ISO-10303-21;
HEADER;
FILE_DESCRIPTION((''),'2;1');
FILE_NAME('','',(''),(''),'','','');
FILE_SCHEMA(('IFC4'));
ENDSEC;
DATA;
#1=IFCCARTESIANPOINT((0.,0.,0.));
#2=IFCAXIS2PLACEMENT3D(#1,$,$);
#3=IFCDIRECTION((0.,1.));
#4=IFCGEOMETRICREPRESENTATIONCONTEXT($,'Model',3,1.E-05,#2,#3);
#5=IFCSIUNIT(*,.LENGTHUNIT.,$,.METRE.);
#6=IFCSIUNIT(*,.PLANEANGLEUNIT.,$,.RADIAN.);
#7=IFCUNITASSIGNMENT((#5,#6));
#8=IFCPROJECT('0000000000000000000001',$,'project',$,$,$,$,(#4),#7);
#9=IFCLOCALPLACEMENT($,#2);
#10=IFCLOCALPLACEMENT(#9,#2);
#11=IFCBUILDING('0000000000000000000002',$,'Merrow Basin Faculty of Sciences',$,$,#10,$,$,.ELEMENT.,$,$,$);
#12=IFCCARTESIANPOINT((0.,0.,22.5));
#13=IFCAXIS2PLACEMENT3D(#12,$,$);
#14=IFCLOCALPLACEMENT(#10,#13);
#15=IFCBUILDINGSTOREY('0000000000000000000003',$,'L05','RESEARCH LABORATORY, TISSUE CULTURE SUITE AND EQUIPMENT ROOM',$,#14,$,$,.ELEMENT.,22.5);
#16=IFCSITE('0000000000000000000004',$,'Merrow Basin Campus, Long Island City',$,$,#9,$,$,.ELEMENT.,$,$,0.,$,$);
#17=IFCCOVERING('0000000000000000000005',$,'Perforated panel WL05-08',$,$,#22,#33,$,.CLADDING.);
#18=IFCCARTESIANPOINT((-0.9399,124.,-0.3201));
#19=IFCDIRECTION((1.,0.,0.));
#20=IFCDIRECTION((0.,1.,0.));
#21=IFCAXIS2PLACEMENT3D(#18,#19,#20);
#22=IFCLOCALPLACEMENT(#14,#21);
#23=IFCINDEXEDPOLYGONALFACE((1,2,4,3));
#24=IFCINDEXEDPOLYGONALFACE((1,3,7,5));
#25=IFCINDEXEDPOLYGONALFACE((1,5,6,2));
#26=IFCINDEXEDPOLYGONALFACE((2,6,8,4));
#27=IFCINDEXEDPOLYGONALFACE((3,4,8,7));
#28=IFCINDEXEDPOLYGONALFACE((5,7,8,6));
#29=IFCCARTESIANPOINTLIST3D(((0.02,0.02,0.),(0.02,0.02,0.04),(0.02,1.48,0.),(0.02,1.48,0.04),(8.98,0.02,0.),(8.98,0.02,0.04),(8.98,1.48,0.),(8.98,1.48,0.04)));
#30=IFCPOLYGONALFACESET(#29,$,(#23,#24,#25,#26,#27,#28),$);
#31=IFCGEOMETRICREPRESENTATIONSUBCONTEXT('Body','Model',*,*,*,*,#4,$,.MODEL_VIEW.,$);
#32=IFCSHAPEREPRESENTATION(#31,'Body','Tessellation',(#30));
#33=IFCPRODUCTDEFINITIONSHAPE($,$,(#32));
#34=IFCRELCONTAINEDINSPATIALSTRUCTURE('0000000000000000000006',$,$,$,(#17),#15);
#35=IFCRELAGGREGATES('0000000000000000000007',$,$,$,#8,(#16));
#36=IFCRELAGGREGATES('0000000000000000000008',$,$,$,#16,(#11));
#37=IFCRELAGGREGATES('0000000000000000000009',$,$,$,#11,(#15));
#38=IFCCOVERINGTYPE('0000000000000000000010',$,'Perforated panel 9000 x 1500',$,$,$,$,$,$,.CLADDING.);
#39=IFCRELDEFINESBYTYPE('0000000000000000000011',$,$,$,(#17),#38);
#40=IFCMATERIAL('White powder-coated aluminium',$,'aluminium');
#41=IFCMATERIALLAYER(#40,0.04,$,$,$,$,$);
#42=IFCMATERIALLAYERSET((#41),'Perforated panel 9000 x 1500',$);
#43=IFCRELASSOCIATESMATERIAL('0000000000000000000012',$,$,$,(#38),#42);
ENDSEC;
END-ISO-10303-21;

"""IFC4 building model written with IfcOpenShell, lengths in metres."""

from ifc_helpers import new_model, si_unit, direction, frame, origin, place, context, subcontext, project, spatial, polyline, outline, extrude, source, transform, mapped, material, layer, layer_set, type_object, element, save


model = new_model("IFC4")

# Units and contexts
model_context = context("Model", 3, precision=1e-05, world=origin(), true_north=direction((0.0, 1.0)))
body_context = subcontext(model_context, "Body", "Model", "MODEL_VIEW")
ifc_project = project(units=[si_unit("LENGTHUNIT", "METRE"), si_unit("PLANEANGLEUNIT", "RADIAN")], contexts=[model_context])

# Site, building, storey
site_placement = place(None, origin())
site = spatial("IfcSite", under=ifc_project, at=site_placement, Name="Merrow Basin Campus, Long Island City", CompositionType="ELEMENT", RefElevation=0.0)
building_placement = place(site_placement, origin())
building = spatial("IfcBuilding", under=site, at=building_placement, Name="Merrow Basin Faculty of Sciences", CompositionType="ELEMENT")
storey_placement = place(building_placement, frame((0.0, 0.0, 22.5)))
storey = spatial("IfcBuildingStorey", under=building, at=storey_placement, Name="L05", Description="RESEARCH LABORATORY, TISSUE CULTURE SUITE AND EQUIPMENT ROOM", CompositionType="ELEMENT", Elevation=22.5)

# Covering
ifc_material_1 = material(Name="White powder-coated aluminium", Category="aluminium")
ifc_layer_1 = layer(ifc_material_1, 0.04)
ifc_layer_set_1 = layer_set([ifc_layer_1], Name="Perforated panel 9000 x 1500")
covering_type = type_object("IfcCoveringType", Name="Perforated panel 9000 x 1500", PredefinedType="CLADDING", material=ifc_layer_set_1)
shared_shape_1 = source(origin(), body_context, "Body", "SweptSolid", [
    extrude(outline(polyline([(0.02, 0.02), (8.98, 0.02), (8.98, 1.48), (0.02, 1.48), (0.02, 0.02)])), origin(), (0.0, 0.0, 1.0), 0.04),
])
covering_placement = place(storey_placement, frame((-0.9399, 124.0, -0.3201), z_axis=(1.0, 0.0, 0.0), x_axis=(0.0, 1.0, 0.0)))
element("IfcCovering", 1, at=covering_placement, inside=storey, type_object=covering_type, Name="Perforated panel WL05-08", PredefinedType="CLADDING", context=body_context, shape_type="MappedRepresentation", body=[
    mapped(shared_shape_1, transform((0.0, 0.0, 0.0), scale=1.0)),
])

save(model, "model.ifc")
